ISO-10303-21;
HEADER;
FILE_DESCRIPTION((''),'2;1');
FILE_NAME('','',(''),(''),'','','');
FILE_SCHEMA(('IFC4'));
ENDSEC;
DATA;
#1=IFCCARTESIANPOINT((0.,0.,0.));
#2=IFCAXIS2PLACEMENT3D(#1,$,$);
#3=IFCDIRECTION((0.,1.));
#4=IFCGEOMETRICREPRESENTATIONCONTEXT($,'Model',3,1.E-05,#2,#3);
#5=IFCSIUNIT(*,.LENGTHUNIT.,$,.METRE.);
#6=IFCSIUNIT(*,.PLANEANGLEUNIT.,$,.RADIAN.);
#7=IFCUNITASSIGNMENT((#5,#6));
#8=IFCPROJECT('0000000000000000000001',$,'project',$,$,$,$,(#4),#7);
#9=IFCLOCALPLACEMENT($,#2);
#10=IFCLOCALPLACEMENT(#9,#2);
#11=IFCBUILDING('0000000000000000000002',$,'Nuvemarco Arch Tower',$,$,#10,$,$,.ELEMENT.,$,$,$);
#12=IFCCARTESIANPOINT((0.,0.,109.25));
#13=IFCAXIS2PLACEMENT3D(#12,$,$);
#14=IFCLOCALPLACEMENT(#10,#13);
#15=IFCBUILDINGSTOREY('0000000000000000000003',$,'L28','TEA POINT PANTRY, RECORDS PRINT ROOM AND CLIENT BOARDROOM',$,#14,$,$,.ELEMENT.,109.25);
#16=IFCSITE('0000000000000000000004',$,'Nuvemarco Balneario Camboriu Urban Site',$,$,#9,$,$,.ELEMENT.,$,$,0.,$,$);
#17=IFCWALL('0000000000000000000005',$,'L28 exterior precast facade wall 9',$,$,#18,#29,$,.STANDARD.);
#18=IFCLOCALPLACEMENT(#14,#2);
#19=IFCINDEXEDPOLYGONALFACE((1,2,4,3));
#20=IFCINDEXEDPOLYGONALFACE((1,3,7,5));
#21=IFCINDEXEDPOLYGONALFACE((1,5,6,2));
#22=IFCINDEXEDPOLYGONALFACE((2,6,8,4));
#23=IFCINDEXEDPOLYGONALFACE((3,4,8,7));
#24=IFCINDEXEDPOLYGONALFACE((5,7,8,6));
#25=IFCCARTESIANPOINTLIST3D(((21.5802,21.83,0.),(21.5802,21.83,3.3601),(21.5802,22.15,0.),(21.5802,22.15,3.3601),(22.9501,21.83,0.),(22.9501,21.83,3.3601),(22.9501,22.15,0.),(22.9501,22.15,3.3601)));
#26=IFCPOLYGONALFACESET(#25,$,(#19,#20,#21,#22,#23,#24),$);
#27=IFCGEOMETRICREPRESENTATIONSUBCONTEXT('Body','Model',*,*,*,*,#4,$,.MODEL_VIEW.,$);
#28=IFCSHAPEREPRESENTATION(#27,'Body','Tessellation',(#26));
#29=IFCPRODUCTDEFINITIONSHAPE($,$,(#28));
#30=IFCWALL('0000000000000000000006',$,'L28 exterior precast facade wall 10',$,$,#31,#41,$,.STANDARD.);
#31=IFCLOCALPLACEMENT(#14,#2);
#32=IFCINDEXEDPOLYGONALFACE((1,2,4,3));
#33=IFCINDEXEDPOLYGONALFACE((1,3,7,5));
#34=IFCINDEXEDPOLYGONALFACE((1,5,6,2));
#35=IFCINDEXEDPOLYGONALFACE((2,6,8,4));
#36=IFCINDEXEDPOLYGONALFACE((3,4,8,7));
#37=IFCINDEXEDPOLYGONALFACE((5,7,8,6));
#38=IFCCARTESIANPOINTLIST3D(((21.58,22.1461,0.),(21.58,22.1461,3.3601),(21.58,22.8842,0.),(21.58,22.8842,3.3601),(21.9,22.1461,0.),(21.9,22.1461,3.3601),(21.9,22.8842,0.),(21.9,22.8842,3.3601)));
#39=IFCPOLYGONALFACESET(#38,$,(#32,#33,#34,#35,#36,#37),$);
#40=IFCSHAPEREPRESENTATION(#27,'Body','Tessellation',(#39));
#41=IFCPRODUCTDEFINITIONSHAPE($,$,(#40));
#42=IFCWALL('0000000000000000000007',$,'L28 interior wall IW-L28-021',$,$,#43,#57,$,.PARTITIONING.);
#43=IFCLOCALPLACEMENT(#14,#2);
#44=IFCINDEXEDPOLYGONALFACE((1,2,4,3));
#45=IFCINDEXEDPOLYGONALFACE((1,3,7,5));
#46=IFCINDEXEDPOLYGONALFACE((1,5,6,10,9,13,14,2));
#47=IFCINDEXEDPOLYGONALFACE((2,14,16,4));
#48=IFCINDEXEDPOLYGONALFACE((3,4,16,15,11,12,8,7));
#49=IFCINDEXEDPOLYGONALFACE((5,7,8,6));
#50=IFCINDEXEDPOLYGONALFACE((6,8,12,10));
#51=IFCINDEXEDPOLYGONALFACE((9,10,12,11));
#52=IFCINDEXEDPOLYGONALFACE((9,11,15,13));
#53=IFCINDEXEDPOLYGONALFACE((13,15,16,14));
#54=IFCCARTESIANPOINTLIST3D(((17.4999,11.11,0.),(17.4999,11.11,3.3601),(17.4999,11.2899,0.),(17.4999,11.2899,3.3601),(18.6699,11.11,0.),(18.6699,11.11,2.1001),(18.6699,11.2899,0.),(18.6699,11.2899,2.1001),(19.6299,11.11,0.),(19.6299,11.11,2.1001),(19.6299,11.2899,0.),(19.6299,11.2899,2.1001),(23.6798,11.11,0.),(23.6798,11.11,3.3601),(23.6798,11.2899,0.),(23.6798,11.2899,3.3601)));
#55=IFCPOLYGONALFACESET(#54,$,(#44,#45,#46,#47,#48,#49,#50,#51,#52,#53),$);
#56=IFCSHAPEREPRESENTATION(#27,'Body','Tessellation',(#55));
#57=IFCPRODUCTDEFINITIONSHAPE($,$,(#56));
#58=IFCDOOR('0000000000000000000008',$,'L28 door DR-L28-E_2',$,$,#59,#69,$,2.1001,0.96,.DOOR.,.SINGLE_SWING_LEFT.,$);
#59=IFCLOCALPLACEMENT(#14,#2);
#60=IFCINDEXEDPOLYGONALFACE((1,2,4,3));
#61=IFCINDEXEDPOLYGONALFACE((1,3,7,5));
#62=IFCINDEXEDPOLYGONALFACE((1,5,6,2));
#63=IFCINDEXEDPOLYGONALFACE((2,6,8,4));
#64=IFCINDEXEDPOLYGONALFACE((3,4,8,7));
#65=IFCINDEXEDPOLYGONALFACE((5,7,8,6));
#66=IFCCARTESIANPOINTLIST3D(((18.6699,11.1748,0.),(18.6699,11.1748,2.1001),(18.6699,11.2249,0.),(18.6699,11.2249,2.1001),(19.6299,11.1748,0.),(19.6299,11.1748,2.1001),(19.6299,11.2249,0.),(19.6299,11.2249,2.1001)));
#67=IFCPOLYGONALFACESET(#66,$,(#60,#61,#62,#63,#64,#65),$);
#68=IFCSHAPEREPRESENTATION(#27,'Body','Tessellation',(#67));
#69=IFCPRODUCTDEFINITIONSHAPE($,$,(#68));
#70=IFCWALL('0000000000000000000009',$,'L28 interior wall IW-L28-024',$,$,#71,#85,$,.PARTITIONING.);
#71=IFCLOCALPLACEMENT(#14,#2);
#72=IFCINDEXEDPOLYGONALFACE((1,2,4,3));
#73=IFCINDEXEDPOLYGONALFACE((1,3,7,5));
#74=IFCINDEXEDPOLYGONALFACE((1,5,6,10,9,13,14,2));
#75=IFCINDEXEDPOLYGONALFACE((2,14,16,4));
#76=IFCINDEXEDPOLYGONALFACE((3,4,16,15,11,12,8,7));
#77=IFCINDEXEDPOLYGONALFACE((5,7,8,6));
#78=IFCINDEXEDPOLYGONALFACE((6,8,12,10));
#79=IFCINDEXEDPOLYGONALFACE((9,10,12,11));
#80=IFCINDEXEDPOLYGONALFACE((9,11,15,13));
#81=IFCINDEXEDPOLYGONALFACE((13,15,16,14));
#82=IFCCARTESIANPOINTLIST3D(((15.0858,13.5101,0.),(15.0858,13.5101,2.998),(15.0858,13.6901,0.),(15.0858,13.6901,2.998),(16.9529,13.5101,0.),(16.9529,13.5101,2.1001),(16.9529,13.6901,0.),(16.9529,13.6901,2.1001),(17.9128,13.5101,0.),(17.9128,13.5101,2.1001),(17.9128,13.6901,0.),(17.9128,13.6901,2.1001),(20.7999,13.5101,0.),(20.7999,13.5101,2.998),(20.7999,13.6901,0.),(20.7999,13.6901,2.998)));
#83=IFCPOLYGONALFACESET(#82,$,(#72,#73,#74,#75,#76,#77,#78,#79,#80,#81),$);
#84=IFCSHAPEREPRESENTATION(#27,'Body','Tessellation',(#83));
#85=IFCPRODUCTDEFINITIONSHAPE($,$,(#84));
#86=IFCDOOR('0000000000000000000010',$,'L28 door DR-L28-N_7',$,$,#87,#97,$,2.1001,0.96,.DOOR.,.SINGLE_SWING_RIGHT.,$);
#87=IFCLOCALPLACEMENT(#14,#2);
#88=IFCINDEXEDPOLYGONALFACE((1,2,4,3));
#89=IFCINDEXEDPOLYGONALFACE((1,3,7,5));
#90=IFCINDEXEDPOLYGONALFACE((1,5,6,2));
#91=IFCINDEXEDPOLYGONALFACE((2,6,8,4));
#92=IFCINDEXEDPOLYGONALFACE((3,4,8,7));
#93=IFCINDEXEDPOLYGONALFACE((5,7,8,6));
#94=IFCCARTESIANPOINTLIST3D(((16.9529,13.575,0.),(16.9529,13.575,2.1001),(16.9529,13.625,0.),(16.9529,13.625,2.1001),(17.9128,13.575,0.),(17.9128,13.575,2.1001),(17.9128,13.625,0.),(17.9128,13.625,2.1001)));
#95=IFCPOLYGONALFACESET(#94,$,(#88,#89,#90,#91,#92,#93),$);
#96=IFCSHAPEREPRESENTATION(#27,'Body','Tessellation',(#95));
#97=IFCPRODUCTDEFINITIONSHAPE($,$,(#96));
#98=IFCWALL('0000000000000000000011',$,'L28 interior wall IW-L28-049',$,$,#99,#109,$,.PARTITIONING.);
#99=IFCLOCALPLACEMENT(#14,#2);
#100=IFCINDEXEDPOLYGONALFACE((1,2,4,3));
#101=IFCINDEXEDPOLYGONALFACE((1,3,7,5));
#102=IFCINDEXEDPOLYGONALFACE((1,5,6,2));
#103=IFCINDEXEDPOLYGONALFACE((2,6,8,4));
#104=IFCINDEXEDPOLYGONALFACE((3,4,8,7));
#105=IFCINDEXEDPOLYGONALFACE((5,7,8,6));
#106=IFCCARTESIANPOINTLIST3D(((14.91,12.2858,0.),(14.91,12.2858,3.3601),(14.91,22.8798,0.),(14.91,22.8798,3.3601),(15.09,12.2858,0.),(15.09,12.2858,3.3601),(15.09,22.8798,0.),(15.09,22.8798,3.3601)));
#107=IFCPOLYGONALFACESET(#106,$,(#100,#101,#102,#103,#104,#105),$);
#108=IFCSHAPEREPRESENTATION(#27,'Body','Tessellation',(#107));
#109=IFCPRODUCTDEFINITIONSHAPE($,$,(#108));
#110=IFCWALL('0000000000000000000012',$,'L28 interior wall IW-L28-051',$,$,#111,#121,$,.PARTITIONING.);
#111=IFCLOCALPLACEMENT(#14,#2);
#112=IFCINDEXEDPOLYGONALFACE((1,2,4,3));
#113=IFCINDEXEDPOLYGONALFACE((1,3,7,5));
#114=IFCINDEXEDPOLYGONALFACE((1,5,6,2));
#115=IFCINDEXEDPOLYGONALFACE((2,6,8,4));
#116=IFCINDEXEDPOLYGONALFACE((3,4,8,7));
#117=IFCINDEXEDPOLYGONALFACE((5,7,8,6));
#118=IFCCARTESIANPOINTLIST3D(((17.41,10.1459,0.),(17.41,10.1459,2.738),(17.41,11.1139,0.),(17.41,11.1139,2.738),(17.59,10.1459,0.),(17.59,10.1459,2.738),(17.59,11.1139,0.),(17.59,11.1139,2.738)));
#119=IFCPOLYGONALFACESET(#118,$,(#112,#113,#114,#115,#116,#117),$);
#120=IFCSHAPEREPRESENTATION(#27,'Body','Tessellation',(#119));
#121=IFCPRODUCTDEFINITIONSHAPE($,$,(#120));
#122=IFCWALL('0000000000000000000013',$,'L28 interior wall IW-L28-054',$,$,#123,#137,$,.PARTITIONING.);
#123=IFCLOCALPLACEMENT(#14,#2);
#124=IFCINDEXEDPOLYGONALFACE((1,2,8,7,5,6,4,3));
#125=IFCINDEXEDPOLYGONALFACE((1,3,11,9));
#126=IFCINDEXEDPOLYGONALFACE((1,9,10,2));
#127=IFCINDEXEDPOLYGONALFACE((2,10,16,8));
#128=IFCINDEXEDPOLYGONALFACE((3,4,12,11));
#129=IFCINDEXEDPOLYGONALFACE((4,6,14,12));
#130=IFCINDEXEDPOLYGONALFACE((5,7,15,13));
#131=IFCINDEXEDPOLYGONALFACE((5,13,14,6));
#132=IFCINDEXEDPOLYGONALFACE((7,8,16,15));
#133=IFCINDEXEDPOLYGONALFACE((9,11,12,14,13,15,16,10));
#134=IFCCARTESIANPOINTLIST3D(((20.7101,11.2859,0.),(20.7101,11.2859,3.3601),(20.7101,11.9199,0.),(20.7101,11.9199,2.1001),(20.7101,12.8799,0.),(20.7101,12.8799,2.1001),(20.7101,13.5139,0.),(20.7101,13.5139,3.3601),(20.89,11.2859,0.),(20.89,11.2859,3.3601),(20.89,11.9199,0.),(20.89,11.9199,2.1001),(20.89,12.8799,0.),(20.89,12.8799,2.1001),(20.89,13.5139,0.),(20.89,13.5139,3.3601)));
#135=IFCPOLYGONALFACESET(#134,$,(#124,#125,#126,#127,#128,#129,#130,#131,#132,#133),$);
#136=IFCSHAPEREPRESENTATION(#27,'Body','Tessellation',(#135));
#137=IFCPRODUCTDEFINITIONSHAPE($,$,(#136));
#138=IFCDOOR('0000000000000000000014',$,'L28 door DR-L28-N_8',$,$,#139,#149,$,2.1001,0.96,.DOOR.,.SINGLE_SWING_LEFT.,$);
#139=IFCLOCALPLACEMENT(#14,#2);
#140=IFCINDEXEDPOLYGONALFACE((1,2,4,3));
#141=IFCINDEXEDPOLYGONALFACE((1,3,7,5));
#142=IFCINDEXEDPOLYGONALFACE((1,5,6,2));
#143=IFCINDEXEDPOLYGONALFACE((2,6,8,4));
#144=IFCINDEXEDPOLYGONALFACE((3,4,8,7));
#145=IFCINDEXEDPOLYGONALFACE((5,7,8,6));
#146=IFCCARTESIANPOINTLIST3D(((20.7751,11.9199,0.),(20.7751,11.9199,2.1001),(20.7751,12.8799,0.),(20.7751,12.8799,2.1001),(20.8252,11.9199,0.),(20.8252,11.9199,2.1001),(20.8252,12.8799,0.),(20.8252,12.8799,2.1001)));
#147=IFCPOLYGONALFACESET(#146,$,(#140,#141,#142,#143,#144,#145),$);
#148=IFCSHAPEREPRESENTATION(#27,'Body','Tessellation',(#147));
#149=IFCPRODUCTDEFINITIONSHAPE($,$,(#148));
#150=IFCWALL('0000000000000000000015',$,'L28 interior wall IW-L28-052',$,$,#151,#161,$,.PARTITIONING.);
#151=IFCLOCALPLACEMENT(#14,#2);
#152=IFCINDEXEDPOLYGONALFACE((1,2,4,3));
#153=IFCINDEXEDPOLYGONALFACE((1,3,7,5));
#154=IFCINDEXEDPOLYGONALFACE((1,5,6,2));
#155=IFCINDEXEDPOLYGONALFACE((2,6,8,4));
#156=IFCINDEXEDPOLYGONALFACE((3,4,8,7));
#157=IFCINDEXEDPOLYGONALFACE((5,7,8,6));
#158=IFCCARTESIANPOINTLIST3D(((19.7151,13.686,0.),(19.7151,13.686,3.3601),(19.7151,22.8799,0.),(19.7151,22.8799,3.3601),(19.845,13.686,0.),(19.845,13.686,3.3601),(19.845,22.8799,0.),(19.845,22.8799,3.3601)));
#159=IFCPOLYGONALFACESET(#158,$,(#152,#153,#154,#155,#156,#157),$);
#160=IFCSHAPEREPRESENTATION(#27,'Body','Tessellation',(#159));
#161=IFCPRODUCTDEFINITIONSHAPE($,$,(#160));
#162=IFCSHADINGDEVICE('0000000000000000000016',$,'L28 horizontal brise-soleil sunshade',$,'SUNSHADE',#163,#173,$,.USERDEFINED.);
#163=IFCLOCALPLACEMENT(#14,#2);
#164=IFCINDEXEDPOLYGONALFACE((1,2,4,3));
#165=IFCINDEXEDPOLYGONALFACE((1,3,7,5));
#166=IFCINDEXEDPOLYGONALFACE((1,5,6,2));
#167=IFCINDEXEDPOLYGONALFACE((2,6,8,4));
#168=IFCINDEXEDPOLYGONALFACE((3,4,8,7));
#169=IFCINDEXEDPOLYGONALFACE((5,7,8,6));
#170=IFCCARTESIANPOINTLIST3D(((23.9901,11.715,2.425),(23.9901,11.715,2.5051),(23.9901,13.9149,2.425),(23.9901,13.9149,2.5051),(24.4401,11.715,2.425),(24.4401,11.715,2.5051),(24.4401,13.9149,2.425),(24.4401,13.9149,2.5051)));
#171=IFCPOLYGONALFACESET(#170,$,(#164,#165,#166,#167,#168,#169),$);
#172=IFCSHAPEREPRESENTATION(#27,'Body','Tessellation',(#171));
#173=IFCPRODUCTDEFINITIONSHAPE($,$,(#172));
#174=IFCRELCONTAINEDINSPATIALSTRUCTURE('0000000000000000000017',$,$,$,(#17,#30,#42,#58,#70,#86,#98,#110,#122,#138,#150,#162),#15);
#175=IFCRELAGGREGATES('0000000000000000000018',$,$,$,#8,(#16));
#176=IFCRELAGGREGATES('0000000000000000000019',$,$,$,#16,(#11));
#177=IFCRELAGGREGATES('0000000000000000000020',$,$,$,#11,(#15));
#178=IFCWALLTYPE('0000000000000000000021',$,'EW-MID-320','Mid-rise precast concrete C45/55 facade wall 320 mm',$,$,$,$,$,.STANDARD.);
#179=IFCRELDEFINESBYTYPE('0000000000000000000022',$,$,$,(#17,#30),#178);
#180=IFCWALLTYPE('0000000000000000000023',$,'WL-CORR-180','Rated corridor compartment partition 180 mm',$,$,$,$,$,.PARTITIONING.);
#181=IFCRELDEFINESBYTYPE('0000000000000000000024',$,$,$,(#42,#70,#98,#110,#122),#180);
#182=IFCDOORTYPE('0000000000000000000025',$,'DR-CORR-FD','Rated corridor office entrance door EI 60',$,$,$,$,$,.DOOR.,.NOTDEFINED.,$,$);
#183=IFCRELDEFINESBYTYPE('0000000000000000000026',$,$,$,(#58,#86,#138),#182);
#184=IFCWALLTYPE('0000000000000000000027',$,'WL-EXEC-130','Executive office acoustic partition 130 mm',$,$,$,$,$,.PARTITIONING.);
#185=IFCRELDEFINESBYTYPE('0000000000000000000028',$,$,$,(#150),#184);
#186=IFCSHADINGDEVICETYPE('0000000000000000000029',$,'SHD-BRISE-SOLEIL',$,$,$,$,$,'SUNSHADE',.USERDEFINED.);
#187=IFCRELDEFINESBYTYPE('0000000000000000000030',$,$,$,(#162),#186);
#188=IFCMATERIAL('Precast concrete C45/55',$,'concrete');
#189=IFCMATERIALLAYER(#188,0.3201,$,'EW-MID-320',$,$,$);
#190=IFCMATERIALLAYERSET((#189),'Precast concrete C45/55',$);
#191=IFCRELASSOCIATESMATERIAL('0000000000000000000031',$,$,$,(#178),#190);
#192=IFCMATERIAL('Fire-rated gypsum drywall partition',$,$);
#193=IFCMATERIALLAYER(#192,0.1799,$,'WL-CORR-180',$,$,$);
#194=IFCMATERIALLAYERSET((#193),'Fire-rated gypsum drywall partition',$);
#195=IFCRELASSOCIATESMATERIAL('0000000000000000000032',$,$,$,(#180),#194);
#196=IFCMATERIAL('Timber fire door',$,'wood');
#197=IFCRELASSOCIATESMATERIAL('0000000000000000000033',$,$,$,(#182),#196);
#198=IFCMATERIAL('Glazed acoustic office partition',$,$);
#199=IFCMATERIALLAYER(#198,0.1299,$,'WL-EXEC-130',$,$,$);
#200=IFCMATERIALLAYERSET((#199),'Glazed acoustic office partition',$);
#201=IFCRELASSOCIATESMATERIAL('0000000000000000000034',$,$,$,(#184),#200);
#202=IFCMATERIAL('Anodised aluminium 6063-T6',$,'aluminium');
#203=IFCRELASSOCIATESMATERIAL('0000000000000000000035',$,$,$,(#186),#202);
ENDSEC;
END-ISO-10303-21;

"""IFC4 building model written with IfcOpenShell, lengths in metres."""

from ifc_helpers import new_model, si_unit, direction, frame, frame_2d, origin, origin_2d, place, context, subcontext, project, spatial, rectangle, extrude, source, transform, mapped, material, layer, layer_set, type_object, type_shapes, element, fill, save


model = new_model("IFC4")

# Units and contexts
model_context = context("Model", 3, precision=1e-05, world=origin(), true_north=direction((0.0, 1.0)))
body_context = subcontext(model_context, "Body", "Model", "MODEL_VIEW")
ifc_project = project(units=[si_unit("LENGTHUNIT", "METRE"), si_unit("PLANEANGLEUNIT", "RADIAN")], contexts=[model_context])

# Site, building, storey
site_placement = place(None, origin())
site = spatial("IfcSite", under=ifc_project, at=site_placement, Name="Nuvemarco Balneario Camboriu Urban Site", CompositionType="ELEMENT", RefElevation=0.0)
building_placement = place(site_placement, origin())
building = spatial("IfcBuilding", under=site, at=building_placement, Name="Nuvemarco Arch Tower", CompositionType="ELEMENT")
storey_placement = place(building_placement, frame((0.0, 0.0, 109.25)))
storey = spatial("IfcBuildingStorey", under=building, at=storey_placement, Name="L28", Description="TEA POINT PANTRY, RECORDS PRINT ROOM AND CLIENT BOARDROOM", CompositionType="ELEMENT", Elevation=109.25)

# Shared definitions
ifc_material_1 = material(Name="Precast concrete C45/55", Category="concrete")

# Walls
ifc_layer_1 = layer(ifc_material_1, 0.3201, Name="EW-MID-320")
ifc_layer_set_1 = layer_set([ifc_layer_1], Name="Precast concrete C45/55")
wall_type_1 = type_object("IfcWallType", Name="EW-MID-320", Description="Mid-rise precast concrete C45/55 facade wall 320 mm", PredefinedType="STANDARD", material=ifc_layer_set_1)
wall_1_placement = place(storey_placement, frame((21.5801, 21.99, 0.0), z_axis=(0.0, 0.0, 1.0), x_axis=(1.0, 0.0, 0.0)))
element("IfcWall", 1, at=wall_1_placement, inside=storey, type_object=wall_type_1, Name="L28 exterior precast facade wall 9", PredefinedType="STANDARD", context=body_context, shape_type="SweptSolid", body=[
    extrude(rectangle(XDim=1.3699, YDim=0.3201, at=frame_2d((0.6851, 0.0))), origin(), (0.0, 0.0, 1.0), 3.3601),
])
wall_2_placement = place(storey_placement, frame((21.74, 22.146, 0.0), z_axis=(0.0, 0.0, 1.0), x_axis=(0.0, 1.0, 0.0)))
element("IfcWall", 2, at=wall_2_placement, inside=storey, type_object=wall_type_1, Name="L28 exterior precast facade wall 10", PredefinedType="STANDARD", context=body_context, shape_type="SweptSolid", body=[
    extrude(rectangle(XDim=0.738, YDim=0.3201, at=frame_2d((0.3691, 0.0))), origin(), (0.0, 0.0, 1.0), 3.3601),
])

# Walls, openings, doors
ifc_material_2 = material(Name="Fire-rated gypsum drywall partition")
ifc_layer_2 = layer(ifc_material_2, 0.1799, Name="WL-CORR-180")
ifc_layer_set_2 = layer_set([ifc_layer_2], Name="Fire-rated gypsum drywall partition")
wall_type_2 = type_object("IfcWallType", Name="WL-CORR-180", Description="Rated corridor compartment partition 180 mm", PredefinedType="PARTITIONING", material=ifc_layer_set_2)
wall_3_placement = place(storey_placement, frame((17.5, 11.2, 0.0), z_axis=(0.0, 0.0, 1.0), x_axis=(1.0, 0.0, 0.0)))
wall_3 = element("IfcWall", 3, at=wall_3_placement, inside=storey, type_object=wall_type_2, Name="L28 interior wall IW-L28-021", PredefinedType="PARTITIONING", context=body_context, shape_type="SweptSolid", body=[
    extrude(rectangle(XDim=6.1799, YDim=0.1799, at=frame_2d((3.0898, 0.0))), origin(), (0.0, 0.0, 1.0), 3.3601),
])
opening_1_placement = place(wall_3_placement, frame((1.1699, 0.0, 0.0)))
opening_1 = element("IfcOpeningElement", 4, at=opening_1_placement, cuts=wall_3, PredefinedType="OPENING", context=body_context, shape_type="SweptSolid", body=[
    extrude(rectangle(XDim=0.96, YDim=2.1001, at=frame_2d((0.48, 1.05))), frame((0.0, 0.0999, 0.0), z_axis=(0.0, -1.0, 0.0), x_axis=(1.0, 0.0, 0.0)), (0.0, 0.0, 1.0), 0.2),
])
ifc_material_3 = material(Name="Timber fire door", Category="wood")
door_type = type_object("IfcDoorType", Name="DR-CORR-FD", Description="Rated corridor office entrance door EI 60", OperationType="NOTDEFINED", PredefinedType="DOOR", material=ifc_material_3)
shared_shape_1 = source(origin(), body_context, "Body", "SweptSolid", [
    extrude(rectangle(XDim=0.96, YDim=2.1001, at=frame_2d((0.48, 1.05))), frame((0.0, 0.0249, 0.0), z_axis=(0.0, -1.0, 0.0), x_axis=(1.0, 0.0, 0.0)), (0.0, 0.0, 1.0), 0.05),
])
type_shapes(door_type, [shared_shape_1])
door_1_placement = place(opening_1_placement, origin())
door_1 = element("IfcDoor", 5, at=door_1_placement, inside=storey, type_object=door_type, Name="L28 door DR-L28-E_2", OperationType="SINGLE_SWING_LEFT", OverallHeight=2.1001, OverallWidth=0.96, PredefinedType="DOOR", context=body_context, shape_type="MappedRepresentation", body=[
    mapped(shared_shape_1, transform((0.0, 0.0, 0.0), scale=1.0)),
])
fill(opening_1, door_1)
wall_4_placement = place(storey_placement, frame((15.0859, 13.6001, 0.0), z_axis=(0.0, 0.0, 1.0), x_axis=(1.0, 0.0, 0.0)))
wall_4 = element("IfcWall", 6, at=wall_4_placement, inside=storey, type_object=wall_type_2, Name="L28 interior wall IW-L28-024", PredefinedType="PARTITIONING", context=body_context, shape_type="SweptSolid", body=[
    extrude(rectangle(XDim=5.7141, YDim=0.1799, at=frame_2d((2.8569, 0.0))), origin(), (0.0, 0.0, 1.0), 2.998),
])
opening_2_placement = place(wall_4_placement, frame((1.8669, 0.0, 0.0)))
opening_2 = element("IfcOpeningElement", 7, at=opening_2_placement, cuts=wall_4, PredefinedType="OPENING", context=body_context, shape_type="SweptSolid", body=[
    extrude(rectangle(XDim=0.96, YDim=2.1001, at=frame_2d((0.48, 1.05))), frame((0.0, 0.0999, 0.0), z_axis=(0.0, -1.0, 0.0), x_axis=(1.0, 0.0, 0.0)), (0.0, 0.0, 1.0), 0.2),
])
door_2_placement = place(opening_2_placement, origin())
door_2 = element("IfcDoor", 8, at=door_2_placement, inside=storey, type_object=door_type, Name="L28 door DR-L28-N_7", OperationType="SINGLE_SWING_RIGHT", OverallHeight=2.1001, OverallWidth=0.96, PredefinedType="DOOR", context=body_context, shape_type="MappedRepresentation", body=[
    mapped(shared_shape_1, transform((0.0, 0.0, 0.0), scale=1.0)),
])
fill(opening_2, door_2)

# Walls
wall_5_placement = place(storey_placement, frame((15.0, 12.2859, 0.0), z_axis=(0.0, 0.0, 1.0), x_axis=(0.0, 1.0, 0.0)))
element("IfcWall", 9, at=wall_5_placement, inside=storey, type_object=wall_type_2, Name="L28 interior wall IW-L28-049", PredefinedType="PARTITIONING", context=body_context, shape_type="SweptSolid", body=[
    extrude(rectangle(XDim=10.594, YDim=0.1799, at=frame_2d((5.2969, 0.0))), origin(), (0.0, 0.0, 1.0), 3.3601),
])
wall_6_placement = place(storey_placement, frame((17.5, 10.146, 0.0), z_axis=(0.0, 0.0, 1.0), x_axis=(0.0, 1.0, 0.0)))
element("IfcWall", 10, at=wall_6_placement, inside=storey, type_object=wall_type_2, Name="L28 interior wall IW-L28-051", PredefinedType="PARTITIONING", context=body_context, shape_type="SweptSolid", body=[
    extrude(rectangle(XDim=0.968, YDim=0.1799, at=frame_2d((0.4839, 0.0))), origin(), (0.0, 0.0, 1.0), 2.738),
])

# Wall, opening, door
wall_7_placement = place(storey_placement, frame((20.8, 11.2859, 0.0), z_axis=(0.0, 0.0, 1.0), x_axis=(0.0, 1.0, 0.0)))
wall_7 = element("IfcWall", 11, at=wall_7_placement, inside=storey, type_object=wall_type_2, Name="L28 interior wall IW-L28-054", PredefinedType="PARTITIONING", context=body_context, shape_type="SweptSolid", body=[
    extrude(rectangle(XDim=2.228, YDim=0.1799, at=frame_2d((1.114, 0.0))), origin(), (0.0, 0.0, 1.0), 3.3601),
])
opening_3_placement = place(wall_7_placement, frame((0.634, 0.0, 0.0)))
opening_3 = element("IfcOpeningElement", 12, at=opening_3_placement, cuts=wall_7, PredefinedType="OPENING", context=body_context, shape_type="SweptSolid", body=[
    extrude(rectangle(XDim=0.96, YDim=2.1001, at=frame_2d((0.48, 1.05))), frame((0.0, 0.0999, 0.0), z_axis=(0.0, -1.0, 0.0), x_axis=(1.0, 0.0, 0.0)), (0.0, 0.0, 1.0), 0.2),
])
door_3_placement = place(opening_3_placement, origin())
door_3 = element("IfcDoor", 13, at=door_3_placement, inside=storey, type_object=door_type, Name="L28 door DR-L28-N_8", OperationType="SINGLE_SWING_LEFT", OverallHeight=2.1001, OverallWidth=0.96, PredefinedType="DOOR", context=body_context, shape_type="MappedRepresentation", body=[
    mapped(shared_shape_1, transform((0.0, 0.0, 0.0), scale=1.0)),
])
fill(opening_3, door_3)

# Wall
ifc_material_4 = material(Name="Glazed acoustic office partition")
ifc_layer_3 = layer(ifc_material_4, 0.1299, Name="WL-EXEC-130")
ifc_layer_set_3 = layer_set([ifc_layer_3], Name="Glazed acoustic office partition")
wall_type_3 = type_object("IfcWallType", Name="WL-EXEC-130", Description="Executive office acoustic partition 130 mm", PredefinedType="PARTITIONING", material=ifc_layer_set_3)
wall_8_placement = place(storey_placement, frame((19.78, 13.686, 0.0), z_axis=(0.0, 0.0, 1.0), x_axis=(0.0, 1.0, 0.0)))
element("IfcWall", 14, at=wall_8_placement, inside=storey, type_object=wall_type_3, Name="L28 interior wall IW-L28-052", PredefinedType="PARTITIONING", context=body_context, shape_type="SweptSolid", body=[
    extrude(rectangle(XDim=9.1938, YDim=0.1299, at=frame_2d((4.5969, 0.0))), origin(), (0.0, 0.0, 1.0), 3.3601),
])

# Shading device
ifc_material_5 = material(Name="Anodised aluminium 6063-T6", Category="aluminium")
shading_device_type_1 = type_object("IfcShadingDeviceType", Name="SHD-BRISE-SOLEIL", ElementType="SUNSHADE", PredefinedType="USERDEFINED", material=ifc_material_5)
shared_shape_2 = source(origin(), body_context, "Body", "SweptSolid", [
    extrude(rectangle(XDim=2.2, YDim=0.45, at=origin_2d()), origin(), (0.0, 0.0, 1.0), 0.0801),
])
type_shapes(shading_device_type_1, [shared_shape_2])
shading_device_1_placement = place(storey_placement, frame((24.2151, 12.8149, 2.425), z_axis=(0.0, 0.0, 1.0), x_axis=(0.0, 1.0, 0.0)))
element("IfcShadingDevice", 15, at=shading_device_1_placement, inside=storey, type_object=shading_device_type_1, Name="L28 horizontal brise-soleil sunshade", ObjectType="SUNSHADE", PredefinedType="USERDEFINED", context=body_context, shape_type="MappedRepresentation", body=[
    mapped(shared_shape_2, transform((0.0, 0.0, 0.0), scale=1.0)),
])

save(model, "model.ifc")
